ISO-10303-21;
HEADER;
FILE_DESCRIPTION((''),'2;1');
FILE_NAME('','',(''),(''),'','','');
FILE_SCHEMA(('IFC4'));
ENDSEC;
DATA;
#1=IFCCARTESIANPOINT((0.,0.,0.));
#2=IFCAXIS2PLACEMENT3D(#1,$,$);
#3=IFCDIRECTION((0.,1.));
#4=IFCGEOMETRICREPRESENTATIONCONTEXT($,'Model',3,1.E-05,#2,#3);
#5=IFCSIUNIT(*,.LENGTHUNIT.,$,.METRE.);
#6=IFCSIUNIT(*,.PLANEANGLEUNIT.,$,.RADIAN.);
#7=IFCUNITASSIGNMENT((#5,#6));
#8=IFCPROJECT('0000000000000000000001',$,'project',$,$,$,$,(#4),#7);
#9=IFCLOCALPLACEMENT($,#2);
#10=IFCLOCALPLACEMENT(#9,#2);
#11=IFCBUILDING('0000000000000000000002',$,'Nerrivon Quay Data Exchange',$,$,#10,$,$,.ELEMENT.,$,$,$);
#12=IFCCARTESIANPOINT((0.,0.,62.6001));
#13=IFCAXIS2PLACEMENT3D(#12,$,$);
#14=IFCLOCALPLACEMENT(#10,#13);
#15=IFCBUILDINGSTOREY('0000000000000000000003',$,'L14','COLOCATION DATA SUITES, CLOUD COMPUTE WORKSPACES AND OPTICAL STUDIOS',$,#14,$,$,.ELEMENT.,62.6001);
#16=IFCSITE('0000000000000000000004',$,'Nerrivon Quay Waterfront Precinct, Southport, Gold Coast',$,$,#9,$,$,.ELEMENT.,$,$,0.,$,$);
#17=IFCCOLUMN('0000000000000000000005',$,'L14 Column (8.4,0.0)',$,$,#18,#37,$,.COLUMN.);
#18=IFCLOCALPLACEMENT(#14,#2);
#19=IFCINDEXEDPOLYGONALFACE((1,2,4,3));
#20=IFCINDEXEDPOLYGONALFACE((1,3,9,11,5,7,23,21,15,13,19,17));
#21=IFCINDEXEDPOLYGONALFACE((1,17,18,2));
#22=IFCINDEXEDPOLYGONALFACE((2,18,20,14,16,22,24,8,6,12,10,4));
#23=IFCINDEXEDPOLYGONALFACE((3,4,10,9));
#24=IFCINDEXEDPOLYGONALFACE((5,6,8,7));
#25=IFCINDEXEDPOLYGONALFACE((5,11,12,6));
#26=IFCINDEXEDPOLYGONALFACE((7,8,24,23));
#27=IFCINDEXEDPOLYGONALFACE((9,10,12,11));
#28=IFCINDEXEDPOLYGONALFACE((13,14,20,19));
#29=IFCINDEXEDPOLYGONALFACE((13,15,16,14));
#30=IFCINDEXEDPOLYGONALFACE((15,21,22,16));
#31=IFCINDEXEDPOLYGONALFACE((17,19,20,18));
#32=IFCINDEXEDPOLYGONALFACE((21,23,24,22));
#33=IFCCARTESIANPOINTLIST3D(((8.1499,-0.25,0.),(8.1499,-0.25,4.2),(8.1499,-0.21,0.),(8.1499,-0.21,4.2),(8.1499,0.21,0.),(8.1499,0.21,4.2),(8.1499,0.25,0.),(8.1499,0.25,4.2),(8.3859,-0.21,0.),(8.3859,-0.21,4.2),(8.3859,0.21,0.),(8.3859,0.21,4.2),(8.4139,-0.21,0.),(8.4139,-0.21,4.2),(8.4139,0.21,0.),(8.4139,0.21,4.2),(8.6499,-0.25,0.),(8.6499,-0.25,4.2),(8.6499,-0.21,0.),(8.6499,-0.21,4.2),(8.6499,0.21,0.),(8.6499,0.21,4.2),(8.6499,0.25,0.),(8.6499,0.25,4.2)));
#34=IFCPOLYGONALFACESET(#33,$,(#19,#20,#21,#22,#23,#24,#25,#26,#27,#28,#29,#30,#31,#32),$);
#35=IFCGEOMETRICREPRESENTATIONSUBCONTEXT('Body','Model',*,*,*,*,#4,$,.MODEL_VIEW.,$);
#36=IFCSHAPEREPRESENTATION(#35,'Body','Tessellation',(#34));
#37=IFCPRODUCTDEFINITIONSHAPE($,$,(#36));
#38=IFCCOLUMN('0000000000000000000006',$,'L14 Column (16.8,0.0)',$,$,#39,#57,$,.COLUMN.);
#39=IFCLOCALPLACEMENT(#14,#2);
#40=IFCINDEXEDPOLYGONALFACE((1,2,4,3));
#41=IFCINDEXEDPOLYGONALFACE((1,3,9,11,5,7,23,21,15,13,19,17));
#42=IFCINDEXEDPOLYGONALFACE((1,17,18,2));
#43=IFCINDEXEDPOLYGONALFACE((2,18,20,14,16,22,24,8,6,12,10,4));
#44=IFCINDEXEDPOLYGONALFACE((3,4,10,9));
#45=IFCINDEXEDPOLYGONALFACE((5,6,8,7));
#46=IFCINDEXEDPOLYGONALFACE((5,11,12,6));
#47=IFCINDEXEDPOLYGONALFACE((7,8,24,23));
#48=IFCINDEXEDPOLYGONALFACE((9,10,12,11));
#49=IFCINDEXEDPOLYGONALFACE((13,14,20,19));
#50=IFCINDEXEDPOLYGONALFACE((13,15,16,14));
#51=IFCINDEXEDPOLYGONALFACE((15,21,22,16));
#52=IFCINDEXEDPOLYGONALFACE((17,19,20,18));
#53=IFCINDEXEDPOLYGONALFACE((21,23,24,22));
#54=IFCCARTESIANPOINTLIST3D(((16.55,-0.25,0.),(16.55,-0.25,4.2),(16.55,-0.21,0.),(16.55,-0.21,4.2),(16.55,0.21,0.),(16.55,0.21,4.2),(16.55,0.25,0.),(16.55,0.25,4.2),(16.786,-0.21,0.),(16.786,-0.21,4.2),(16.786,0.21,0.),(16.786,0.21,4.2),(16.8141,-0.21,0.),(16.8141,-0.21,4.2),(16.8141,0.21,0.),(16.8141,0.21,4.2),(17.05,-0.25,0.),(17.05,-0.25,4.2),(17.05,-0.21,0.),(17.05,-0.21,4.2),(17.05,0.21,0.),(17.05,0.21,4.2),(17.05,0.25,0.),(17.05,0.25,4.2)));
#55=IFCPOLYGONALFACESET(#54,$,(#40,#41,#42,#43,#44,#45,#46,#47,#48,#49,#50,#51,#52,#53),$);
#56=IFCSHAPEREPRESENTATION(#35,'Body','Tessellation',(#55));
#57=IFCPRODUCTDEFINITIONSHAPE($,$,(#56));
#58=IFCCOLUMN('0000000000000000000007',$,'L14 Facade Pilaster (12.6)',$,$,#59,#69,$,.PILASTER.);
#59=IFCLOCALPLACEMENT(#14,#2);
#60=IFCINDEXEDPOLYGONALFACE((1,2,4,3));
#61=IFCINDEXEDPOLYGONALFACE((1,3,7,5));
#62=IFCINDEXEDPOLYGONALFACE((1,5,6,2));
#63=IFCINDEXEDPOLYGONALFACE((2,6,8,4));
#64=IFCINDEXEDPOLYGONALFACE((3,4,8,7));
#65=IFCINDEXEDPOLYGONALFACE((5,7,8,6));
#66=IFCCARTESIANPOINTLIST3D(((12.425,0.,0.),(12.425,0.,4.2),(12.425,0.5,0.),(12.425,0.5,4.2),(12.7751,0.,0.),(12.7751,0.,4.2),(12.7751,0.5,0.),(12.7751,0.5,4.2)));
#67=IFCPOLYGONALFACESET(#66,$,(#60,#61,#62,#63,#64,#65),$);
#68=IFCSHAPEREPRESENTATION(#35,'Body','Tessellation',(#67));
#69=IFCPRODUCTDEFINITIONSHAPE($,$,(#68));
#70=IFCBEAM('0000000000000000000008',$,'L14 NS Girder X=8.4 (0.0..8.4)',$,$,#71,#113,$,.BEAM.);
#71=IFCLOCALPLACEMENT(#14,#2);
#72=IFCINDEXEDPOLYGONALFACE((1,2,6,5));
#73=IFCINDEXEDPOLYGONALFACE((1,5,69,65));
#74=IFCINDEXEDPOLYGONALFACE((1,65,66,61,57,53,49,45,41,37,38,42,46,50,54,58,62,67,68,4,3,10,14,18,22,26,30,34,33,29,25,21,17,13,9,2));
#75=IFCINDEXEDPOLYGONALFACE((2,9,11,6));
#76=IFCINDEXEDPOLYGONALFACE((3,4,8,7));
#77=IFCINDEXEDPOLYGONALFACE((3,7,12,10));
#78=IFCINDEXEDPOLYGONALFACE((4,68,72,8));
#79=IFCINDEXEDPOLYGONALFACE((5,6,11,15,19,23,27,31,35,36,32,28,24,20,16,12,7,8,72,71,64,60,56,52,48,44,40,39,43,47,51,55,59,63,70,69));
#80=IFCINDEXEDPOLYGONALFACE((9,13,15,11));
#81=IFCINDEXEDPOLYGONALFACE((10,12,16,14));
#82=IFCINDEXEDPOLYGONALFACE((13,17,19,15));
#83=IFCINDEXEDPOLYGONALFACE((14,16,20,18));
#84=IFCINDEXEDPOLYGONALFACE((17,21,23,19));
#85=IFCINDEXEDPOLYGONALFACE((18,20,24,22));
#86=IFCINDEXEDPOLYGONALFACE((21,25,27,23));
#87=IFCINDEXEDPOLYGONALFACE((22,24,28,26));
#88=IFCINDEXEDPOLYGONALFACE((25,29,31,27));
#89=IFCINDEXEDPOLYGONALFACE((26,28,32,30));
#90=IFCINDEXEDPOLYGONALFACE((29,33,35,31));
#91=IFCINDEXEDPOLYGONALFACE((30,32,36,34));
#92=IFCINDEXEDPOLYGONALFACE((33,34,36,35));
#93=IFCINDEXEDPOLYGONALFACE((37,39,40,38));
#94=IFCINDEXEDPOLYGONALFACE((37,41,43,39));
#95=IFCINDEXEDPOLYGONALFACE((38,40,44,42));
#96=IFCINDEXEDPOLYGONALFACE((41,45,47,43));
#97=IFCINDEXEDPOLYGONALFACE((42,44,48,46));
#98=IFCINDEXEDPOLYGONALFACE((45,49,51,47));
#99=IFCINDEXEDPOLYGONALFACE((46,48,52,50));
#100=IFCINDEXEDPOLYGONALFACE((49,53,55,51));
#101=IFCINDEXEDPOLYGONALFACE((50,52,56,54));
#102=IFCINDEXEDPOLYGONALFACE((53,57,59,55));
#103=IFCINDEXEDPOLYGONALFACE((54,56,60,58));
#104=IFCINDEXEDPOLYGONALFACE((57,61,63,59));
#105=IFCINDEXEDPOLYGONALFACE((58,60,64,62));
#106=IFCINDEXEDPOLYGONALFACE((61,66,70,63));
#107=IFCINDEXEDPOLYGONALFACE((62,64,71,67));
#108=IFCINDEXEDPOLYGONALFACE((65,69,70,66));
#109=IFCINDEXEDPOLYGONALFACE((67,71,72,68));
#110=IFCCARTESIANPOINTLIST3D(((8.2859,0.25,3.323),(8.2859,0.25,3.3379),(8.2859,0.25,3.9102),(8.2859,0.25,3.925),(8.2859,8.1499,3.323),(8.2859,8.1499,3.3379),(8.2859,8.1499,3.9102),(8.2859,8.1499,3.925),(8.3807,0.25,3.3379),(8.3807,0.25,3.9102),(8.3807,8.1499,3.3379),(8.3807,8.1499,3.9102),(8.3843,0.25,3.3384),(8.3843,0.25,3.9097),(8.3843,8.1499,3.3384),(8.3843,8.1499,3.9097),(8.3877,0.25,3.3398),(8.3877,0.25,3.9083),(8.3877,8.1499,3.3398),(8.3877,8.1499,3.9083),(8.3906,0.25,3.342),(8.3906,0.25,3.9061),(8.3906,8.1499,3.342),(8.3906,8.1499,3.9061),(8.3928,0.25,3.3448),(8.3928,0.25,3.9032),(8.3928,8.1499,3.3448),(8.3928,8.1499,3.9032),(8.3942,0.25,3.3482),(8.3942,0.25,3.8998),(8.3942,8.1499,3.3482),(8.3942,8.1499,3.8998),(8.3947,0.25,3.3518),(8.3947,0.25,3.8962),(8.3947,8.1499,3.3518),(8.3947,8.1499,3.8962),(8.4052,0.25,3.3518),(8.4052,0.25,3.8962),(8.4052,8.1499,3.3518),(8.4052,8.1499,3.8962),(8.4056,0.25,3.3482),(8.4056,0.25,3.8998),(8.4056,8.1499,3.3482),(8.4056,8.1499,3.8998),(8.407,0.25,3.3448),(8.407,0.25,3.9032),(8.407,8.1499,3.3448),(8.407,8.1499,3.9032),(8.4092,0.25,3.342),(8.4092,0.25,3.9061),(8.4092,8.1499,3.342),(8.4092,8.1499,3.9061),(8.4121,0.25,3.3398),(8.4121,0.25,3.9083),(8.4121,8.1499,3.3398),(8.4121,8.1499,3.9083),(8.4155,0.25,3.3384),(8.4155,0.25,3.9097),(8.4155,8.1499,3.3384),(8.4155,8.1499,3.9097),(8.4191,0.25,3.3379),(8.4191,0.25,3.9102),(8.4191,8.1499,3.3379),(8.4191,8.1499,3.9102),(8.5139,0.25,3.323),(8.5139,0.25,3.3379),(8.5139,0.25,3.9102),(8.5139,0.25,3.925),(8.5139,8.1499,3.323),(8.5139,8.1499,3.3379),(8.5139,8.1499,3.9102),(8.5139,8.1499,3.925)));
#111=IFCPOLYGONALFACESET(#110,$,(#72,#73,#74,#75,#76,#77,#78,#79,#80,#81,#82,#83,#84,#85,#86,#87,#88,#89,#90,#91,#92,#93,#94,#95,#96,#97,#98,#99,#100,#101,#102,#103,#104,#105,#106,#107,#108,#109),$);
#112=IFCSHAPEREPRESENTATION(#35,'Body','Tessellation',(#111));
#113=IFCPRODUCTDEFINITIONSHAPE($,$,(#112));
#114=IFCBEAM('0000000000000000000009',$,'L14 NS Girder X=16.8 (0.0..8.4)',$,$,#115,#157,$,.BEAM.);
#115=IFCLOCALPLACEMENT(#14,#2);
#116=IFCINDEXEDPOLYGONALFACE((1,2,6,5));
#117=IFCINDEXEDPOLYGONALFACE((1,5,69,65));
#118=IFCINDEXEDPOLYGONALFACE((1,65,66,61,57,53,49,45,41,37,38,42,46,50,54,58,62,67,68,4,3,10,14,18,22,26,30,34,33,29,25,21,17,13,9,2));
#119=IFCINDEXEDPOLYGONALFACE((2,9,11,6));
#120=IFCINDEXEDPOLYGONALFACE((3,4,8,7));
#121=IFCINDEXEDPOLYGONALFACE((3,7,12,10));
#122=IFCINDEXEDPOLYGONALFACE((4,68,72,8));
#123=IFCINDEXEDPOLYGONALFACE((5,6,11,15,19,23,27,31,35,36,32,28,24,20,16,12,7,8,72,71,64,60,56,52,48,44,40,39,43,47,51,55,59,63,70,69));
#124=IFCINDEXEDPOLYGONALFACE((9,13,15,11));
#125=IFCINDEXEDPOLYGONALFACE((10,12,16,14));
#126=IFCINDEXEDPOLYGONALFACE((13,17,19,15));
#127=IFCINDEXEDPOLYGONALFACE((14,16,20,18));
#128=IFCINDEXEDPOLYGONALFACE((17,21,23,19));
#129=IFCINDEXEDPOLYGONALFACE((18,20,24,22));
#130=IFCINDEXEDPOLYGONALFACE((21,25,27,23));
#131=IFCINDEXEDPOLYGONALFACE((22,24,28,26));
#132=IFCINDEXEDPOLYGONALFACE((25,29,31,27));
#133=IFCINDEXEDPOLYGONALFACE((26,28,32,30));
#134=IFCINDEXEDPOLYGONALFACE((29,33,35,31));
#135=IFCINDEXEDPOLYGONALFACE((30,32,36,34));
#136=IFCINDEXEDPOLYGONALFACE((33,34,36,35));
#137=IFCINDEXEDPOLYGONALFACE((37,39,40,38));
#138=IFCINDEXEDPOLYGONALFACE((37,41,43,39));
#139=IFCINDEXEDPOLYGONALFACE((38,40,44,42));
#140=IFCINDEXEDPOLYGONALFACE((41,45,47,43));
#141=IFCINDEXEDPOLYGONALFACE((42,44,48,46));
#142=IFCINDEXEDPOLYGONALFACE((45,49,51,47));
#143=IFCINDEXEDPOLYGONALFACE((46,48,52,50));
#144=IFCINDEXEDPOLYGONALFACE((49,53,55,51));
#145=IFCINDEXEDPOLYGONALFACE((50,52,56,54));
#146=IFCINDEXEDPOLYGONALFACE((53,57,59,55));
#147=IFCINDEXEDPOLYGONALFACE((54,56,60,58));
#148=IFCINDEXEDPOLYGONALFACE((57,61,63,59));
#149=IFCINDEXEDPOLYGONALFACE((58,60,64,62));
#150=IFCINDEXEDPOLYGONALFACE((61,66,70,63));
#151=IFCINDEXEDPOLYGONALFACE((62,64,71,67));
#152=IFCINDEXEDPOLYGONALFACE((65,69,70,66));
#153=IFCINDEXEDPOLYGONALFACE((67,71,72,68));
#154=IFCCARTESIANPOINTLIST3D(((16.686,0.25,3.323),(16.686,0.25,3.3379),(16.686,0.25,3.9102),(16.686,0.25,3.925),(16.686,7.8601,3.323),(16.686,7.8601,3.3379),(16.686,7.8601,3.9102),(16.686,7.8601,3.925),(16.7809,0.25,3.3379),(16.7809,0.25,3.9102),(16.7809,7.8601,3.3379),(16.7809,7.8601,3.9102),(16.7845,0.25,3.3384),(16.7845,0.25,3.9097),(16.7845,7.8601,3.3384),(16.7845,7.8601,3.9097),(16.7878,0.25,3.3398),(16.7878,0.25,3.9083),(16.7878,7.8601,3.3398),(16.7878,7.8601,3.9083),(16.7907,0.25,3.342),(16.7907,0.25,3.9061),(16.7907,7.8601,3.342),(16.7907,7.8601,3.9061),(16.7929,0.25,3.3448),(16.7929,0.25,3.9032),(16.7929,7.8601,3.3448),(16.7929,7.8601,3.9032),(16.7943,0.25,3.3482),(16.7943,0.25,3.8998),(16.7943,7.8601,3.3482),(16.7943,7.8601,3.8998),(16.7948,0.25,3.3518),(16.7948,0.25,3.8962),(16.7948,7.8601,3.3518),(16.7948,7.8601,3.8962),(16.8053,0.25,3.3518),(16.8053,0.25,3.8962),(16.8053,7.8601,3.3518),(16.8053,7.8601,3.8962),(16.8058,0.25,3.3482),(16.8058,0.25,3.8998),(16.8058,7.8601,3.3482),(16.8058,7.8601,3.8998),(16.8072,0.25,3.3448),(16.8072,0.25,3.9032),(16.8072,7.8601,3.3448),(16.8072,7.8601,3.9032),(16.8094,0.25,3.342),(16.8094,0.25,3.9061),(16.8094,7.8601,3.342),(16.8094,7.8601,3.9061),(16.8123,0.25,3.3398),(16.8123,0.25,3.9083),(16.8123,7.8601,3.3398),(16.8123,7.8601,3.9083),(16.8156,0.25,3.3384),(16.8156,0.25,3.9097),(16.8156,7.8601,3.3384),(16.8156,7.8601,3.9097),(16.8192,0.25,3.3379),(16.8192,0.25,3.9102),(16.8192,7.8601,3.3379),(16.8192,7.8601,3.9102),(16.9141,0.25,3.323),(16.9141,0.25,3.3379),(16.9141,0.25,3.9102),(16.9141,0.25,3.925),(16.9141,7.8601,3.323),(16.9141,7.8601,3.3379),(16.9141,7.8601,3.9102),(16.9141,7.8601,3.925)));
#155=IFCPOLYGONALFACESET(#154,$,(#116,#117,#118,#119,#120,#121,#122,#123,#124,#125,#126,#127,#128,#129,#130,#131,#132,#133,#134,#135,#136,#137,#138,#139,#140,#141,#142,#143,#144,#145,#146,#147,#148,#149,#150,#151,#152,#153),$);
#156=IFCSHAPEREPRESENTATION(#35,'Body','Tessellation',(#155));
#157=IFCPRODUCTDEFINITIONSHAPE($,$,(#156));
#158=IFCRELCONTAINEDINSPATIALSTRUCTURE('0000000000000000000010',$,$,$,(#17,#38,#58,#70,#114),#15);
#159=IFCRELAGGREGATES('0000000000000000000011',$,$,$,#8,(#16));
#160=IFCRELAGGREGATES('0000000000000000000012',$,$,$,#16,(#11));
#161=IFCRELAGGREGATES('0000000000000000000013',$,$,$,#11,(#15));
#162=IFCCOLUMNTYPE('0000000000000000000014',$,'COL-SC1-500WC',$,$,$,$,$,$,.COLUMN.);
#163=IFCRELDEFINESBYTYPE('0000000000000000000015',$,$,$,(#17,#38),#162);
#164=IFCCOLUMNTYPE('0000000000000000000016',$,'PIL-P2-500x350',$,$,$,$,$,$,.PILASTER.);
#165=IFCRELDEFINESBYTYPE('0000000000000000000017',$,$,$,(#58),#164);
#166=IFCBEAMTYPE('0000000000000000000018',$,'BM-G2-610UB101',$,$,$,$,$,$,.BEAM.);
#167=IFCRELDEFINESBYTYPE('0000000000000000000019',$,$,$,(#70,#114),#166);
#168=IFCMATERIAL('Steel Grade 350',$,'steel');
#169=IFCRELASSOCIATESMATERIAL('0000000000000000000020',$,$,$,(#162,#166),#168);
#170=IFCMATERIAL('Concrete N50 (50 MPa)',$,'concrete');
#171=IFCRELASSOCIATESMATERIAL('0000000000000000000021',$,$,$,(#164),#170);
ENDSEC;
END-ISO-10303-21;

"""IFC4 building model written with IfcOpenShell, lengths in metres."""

from ifc_helpers import new_model, si_unit, direction, frame, origin, origin_2d, place, context, subcontext, project, spatial, rectangle, i_section, extrude, material, material_profile, profile_set, type_object, element, save


model = new_model("IFC4")

# Units and contexts
model_context = context("Model", 3, precision=1e-05, world=origin(), true_north=direction((0.0, 1.0)))
body_context = subcontext(model_context, "Body", "Model", "MODEL_VIEW")
ifc_project = project(units=[si_unit("LENGTHUNIT", "METRE"), si_unit("PLANEANGLEUNIT", "RADIAN")], contexts=[model_context])

# Site, building, storey
site_placement = place(None, origin())
site = spatial("IfcSite", under=ifc_project, at=site_placement, Name="Nerrivon Quay Waterfront Precinct, Southport, Gold Coast", CompositionType="ELEMENT", RefElevation=0.0)
building_placement = place(site_placement, origin())
building = spatial("IfcBuilding", under=site, at=building_placement, Name="Nerrivon Quay Data Exchange", CompositionType="ELEMENT")
storey_placement = place(building_placement, frame((0.0, 0.0, 62.6001)))
storey = spatial("IfcBuildingStorey", under=building, at=storey_placement, Name="L14", Description="COLOCATION DATA SUITES, CLOUD COMPUTE WORKSPACES AND OPTICAL STUDIOS", CompositionType="ELEMENT", Elevation=62.6001)

# Columns
ifc_material_1 = material(Name="Steel Grade 350", Category="steel")
ifc_material_profile_1 = material_profile(ifc_material_1, i_section(OverallWidth=0.5, OverallDepth=0.5, WebThickness=0.0281, FlangeThickness=0.04, at=origin_2d()), Name="500WC440")
ifc_profile_set_1 = profile_set([ifc_material_profile_1], Name="Steel Grade 350")
column_type_1 = type_object("IfcColumnType", Name="COL-SC1-500WC", PredefinedType="COLUMN", material=ifc_profile_set_1)
for number, where, z_axis, x_axis, name in (
    (1, (8.3999, 0.0, 0.0), (0.0, 0.0, 1.0), (1.0, 0.0, 0.0), "L14 Column (8.4,0.0)"),
    (2, (16.8, 0.0, 0.0), (0.0, 0.0, 1.0), (1.0, 0.0, 0.0), "L14 Column (16.8,0.0)"),
):
    element("IfcColumn", number, at=place(storey_placement, frame(where, z_axis=z_axis, x_axis=x_axis)), inside=storey, type_object=column_type_1, Name=name, PredefinedType="COLUMN", context=body_context, shape_type="SweptSolid", body=[
        extrude(i_section(OverallWidth=0.5, OverallDepth=0.5, WebThickness=0.0281, FlangeThickness=0.04, at=origin_2d()), origin(), (0.0, 0.0, 1.0), 4.2),
    ])
ifc_material_2 = material(Name="Concrete N50 (50 MPa)", Category="concrete")
ifc_material_profile_2 = material_profile(ifc_material_2, rectangle(XDim=0.3501, YDim=0.5, at=origin_2d()), Name="RC-PIL-500x350")
ifc_profile_set_2 = profile_set([ifc_material_profile_2], Name="Concrete N50 (50 MPa)")
column_type_2 = type_object("IfcColumnType", Name="PIL-P2-500x350", PredefinedType="PILASTER", material=ifc_profile_set_2)
column_placement = place(storey_placement, frame((12.6001, 0.25, 0.0), z_axis=(0.0, 0.0, 1.0), x_axis=(1.0, 0.0, 0.0)))
element("IfcColumn", 3, at=column_placement, inside=storey, type_object=column_type_2, Name="L14 Facade Pilaster (12.6)", PredefinedType="PILASTER", context=body_context, shape_type="SweptSolid", body=[
    extrude(rectangle(XDim=0.3501, YDim=0.5, at=origin_2d()), origin(), (0.0, 0.0, 1.0), 4.2),
])

# Beams
ifc_material_profile_3 = material_profile(ifc_material_1, i_section(OverallWidth=0.228, OverallDepth=0.6021, WebThickness=0.0105, FlangeThickness=0.0149, FilletRadius=0.0139, at=origin_2d()), Name="610UB101")
ifc_profile_set_3 = profile_set([ifc_material_profile_3], Name="Steel Grade 350")
beam_type_1 = type_object("IfcBeamType", Name="BM-G2-610UB101", PredefinedType="BEAM", material=ifc_profile_set_3)
beam_1_placement = place(storey_placement, frame((8.3999, 0.25, 3.624), z_axis=(0.0, 1.0, 0.0), x_axis=(-1.0, 0.0, 0.0)))
element("IfcBeam", 4, at=beam_1_placement, inside=storey, type_object=beam_type_1, Name="L14 NS Girder X=8.4 (0.0..8.4)", PredefinedType="BEAM", context=body_context, shape_type="SweptSolid", body=[
    extrude(i_section(OverallWidth=0.228, OverallDepth=0.6021, WebThickness=0.0105, FlangeThickness=0.0149, FilletRadius=0.0139, at=origin_2d()), origin(), (0.0, 0.0, 1.0), 7.8999),
])
beam_2_placement = place(storey_placement, frame((16.8, 0.25, 3.624), z_axis=(0.0, 1.0, 0.0), x_axis=(-1.0, 0.0, 0.0)))
element("IfcBeam", 5, at=beam_2_placement, inside=storey, type_object=beam_type_1, Name="L14 NS Girder X=16.8 (0.0..8.4)", PredefinedType="BEAM", context=body_context, shape_type="SweptSolid", body=[
    extrude(i_section(OverallWidth=0.228, OverallDepth=0.6021, WebThickness=0.0105, FlangeThickness=0.0149, FilletRadius=0.0139, at=origin_2d()), origin(), (0.0, 0.0, 1.0), 7.6101),
])

save(model, "model.ifc")
